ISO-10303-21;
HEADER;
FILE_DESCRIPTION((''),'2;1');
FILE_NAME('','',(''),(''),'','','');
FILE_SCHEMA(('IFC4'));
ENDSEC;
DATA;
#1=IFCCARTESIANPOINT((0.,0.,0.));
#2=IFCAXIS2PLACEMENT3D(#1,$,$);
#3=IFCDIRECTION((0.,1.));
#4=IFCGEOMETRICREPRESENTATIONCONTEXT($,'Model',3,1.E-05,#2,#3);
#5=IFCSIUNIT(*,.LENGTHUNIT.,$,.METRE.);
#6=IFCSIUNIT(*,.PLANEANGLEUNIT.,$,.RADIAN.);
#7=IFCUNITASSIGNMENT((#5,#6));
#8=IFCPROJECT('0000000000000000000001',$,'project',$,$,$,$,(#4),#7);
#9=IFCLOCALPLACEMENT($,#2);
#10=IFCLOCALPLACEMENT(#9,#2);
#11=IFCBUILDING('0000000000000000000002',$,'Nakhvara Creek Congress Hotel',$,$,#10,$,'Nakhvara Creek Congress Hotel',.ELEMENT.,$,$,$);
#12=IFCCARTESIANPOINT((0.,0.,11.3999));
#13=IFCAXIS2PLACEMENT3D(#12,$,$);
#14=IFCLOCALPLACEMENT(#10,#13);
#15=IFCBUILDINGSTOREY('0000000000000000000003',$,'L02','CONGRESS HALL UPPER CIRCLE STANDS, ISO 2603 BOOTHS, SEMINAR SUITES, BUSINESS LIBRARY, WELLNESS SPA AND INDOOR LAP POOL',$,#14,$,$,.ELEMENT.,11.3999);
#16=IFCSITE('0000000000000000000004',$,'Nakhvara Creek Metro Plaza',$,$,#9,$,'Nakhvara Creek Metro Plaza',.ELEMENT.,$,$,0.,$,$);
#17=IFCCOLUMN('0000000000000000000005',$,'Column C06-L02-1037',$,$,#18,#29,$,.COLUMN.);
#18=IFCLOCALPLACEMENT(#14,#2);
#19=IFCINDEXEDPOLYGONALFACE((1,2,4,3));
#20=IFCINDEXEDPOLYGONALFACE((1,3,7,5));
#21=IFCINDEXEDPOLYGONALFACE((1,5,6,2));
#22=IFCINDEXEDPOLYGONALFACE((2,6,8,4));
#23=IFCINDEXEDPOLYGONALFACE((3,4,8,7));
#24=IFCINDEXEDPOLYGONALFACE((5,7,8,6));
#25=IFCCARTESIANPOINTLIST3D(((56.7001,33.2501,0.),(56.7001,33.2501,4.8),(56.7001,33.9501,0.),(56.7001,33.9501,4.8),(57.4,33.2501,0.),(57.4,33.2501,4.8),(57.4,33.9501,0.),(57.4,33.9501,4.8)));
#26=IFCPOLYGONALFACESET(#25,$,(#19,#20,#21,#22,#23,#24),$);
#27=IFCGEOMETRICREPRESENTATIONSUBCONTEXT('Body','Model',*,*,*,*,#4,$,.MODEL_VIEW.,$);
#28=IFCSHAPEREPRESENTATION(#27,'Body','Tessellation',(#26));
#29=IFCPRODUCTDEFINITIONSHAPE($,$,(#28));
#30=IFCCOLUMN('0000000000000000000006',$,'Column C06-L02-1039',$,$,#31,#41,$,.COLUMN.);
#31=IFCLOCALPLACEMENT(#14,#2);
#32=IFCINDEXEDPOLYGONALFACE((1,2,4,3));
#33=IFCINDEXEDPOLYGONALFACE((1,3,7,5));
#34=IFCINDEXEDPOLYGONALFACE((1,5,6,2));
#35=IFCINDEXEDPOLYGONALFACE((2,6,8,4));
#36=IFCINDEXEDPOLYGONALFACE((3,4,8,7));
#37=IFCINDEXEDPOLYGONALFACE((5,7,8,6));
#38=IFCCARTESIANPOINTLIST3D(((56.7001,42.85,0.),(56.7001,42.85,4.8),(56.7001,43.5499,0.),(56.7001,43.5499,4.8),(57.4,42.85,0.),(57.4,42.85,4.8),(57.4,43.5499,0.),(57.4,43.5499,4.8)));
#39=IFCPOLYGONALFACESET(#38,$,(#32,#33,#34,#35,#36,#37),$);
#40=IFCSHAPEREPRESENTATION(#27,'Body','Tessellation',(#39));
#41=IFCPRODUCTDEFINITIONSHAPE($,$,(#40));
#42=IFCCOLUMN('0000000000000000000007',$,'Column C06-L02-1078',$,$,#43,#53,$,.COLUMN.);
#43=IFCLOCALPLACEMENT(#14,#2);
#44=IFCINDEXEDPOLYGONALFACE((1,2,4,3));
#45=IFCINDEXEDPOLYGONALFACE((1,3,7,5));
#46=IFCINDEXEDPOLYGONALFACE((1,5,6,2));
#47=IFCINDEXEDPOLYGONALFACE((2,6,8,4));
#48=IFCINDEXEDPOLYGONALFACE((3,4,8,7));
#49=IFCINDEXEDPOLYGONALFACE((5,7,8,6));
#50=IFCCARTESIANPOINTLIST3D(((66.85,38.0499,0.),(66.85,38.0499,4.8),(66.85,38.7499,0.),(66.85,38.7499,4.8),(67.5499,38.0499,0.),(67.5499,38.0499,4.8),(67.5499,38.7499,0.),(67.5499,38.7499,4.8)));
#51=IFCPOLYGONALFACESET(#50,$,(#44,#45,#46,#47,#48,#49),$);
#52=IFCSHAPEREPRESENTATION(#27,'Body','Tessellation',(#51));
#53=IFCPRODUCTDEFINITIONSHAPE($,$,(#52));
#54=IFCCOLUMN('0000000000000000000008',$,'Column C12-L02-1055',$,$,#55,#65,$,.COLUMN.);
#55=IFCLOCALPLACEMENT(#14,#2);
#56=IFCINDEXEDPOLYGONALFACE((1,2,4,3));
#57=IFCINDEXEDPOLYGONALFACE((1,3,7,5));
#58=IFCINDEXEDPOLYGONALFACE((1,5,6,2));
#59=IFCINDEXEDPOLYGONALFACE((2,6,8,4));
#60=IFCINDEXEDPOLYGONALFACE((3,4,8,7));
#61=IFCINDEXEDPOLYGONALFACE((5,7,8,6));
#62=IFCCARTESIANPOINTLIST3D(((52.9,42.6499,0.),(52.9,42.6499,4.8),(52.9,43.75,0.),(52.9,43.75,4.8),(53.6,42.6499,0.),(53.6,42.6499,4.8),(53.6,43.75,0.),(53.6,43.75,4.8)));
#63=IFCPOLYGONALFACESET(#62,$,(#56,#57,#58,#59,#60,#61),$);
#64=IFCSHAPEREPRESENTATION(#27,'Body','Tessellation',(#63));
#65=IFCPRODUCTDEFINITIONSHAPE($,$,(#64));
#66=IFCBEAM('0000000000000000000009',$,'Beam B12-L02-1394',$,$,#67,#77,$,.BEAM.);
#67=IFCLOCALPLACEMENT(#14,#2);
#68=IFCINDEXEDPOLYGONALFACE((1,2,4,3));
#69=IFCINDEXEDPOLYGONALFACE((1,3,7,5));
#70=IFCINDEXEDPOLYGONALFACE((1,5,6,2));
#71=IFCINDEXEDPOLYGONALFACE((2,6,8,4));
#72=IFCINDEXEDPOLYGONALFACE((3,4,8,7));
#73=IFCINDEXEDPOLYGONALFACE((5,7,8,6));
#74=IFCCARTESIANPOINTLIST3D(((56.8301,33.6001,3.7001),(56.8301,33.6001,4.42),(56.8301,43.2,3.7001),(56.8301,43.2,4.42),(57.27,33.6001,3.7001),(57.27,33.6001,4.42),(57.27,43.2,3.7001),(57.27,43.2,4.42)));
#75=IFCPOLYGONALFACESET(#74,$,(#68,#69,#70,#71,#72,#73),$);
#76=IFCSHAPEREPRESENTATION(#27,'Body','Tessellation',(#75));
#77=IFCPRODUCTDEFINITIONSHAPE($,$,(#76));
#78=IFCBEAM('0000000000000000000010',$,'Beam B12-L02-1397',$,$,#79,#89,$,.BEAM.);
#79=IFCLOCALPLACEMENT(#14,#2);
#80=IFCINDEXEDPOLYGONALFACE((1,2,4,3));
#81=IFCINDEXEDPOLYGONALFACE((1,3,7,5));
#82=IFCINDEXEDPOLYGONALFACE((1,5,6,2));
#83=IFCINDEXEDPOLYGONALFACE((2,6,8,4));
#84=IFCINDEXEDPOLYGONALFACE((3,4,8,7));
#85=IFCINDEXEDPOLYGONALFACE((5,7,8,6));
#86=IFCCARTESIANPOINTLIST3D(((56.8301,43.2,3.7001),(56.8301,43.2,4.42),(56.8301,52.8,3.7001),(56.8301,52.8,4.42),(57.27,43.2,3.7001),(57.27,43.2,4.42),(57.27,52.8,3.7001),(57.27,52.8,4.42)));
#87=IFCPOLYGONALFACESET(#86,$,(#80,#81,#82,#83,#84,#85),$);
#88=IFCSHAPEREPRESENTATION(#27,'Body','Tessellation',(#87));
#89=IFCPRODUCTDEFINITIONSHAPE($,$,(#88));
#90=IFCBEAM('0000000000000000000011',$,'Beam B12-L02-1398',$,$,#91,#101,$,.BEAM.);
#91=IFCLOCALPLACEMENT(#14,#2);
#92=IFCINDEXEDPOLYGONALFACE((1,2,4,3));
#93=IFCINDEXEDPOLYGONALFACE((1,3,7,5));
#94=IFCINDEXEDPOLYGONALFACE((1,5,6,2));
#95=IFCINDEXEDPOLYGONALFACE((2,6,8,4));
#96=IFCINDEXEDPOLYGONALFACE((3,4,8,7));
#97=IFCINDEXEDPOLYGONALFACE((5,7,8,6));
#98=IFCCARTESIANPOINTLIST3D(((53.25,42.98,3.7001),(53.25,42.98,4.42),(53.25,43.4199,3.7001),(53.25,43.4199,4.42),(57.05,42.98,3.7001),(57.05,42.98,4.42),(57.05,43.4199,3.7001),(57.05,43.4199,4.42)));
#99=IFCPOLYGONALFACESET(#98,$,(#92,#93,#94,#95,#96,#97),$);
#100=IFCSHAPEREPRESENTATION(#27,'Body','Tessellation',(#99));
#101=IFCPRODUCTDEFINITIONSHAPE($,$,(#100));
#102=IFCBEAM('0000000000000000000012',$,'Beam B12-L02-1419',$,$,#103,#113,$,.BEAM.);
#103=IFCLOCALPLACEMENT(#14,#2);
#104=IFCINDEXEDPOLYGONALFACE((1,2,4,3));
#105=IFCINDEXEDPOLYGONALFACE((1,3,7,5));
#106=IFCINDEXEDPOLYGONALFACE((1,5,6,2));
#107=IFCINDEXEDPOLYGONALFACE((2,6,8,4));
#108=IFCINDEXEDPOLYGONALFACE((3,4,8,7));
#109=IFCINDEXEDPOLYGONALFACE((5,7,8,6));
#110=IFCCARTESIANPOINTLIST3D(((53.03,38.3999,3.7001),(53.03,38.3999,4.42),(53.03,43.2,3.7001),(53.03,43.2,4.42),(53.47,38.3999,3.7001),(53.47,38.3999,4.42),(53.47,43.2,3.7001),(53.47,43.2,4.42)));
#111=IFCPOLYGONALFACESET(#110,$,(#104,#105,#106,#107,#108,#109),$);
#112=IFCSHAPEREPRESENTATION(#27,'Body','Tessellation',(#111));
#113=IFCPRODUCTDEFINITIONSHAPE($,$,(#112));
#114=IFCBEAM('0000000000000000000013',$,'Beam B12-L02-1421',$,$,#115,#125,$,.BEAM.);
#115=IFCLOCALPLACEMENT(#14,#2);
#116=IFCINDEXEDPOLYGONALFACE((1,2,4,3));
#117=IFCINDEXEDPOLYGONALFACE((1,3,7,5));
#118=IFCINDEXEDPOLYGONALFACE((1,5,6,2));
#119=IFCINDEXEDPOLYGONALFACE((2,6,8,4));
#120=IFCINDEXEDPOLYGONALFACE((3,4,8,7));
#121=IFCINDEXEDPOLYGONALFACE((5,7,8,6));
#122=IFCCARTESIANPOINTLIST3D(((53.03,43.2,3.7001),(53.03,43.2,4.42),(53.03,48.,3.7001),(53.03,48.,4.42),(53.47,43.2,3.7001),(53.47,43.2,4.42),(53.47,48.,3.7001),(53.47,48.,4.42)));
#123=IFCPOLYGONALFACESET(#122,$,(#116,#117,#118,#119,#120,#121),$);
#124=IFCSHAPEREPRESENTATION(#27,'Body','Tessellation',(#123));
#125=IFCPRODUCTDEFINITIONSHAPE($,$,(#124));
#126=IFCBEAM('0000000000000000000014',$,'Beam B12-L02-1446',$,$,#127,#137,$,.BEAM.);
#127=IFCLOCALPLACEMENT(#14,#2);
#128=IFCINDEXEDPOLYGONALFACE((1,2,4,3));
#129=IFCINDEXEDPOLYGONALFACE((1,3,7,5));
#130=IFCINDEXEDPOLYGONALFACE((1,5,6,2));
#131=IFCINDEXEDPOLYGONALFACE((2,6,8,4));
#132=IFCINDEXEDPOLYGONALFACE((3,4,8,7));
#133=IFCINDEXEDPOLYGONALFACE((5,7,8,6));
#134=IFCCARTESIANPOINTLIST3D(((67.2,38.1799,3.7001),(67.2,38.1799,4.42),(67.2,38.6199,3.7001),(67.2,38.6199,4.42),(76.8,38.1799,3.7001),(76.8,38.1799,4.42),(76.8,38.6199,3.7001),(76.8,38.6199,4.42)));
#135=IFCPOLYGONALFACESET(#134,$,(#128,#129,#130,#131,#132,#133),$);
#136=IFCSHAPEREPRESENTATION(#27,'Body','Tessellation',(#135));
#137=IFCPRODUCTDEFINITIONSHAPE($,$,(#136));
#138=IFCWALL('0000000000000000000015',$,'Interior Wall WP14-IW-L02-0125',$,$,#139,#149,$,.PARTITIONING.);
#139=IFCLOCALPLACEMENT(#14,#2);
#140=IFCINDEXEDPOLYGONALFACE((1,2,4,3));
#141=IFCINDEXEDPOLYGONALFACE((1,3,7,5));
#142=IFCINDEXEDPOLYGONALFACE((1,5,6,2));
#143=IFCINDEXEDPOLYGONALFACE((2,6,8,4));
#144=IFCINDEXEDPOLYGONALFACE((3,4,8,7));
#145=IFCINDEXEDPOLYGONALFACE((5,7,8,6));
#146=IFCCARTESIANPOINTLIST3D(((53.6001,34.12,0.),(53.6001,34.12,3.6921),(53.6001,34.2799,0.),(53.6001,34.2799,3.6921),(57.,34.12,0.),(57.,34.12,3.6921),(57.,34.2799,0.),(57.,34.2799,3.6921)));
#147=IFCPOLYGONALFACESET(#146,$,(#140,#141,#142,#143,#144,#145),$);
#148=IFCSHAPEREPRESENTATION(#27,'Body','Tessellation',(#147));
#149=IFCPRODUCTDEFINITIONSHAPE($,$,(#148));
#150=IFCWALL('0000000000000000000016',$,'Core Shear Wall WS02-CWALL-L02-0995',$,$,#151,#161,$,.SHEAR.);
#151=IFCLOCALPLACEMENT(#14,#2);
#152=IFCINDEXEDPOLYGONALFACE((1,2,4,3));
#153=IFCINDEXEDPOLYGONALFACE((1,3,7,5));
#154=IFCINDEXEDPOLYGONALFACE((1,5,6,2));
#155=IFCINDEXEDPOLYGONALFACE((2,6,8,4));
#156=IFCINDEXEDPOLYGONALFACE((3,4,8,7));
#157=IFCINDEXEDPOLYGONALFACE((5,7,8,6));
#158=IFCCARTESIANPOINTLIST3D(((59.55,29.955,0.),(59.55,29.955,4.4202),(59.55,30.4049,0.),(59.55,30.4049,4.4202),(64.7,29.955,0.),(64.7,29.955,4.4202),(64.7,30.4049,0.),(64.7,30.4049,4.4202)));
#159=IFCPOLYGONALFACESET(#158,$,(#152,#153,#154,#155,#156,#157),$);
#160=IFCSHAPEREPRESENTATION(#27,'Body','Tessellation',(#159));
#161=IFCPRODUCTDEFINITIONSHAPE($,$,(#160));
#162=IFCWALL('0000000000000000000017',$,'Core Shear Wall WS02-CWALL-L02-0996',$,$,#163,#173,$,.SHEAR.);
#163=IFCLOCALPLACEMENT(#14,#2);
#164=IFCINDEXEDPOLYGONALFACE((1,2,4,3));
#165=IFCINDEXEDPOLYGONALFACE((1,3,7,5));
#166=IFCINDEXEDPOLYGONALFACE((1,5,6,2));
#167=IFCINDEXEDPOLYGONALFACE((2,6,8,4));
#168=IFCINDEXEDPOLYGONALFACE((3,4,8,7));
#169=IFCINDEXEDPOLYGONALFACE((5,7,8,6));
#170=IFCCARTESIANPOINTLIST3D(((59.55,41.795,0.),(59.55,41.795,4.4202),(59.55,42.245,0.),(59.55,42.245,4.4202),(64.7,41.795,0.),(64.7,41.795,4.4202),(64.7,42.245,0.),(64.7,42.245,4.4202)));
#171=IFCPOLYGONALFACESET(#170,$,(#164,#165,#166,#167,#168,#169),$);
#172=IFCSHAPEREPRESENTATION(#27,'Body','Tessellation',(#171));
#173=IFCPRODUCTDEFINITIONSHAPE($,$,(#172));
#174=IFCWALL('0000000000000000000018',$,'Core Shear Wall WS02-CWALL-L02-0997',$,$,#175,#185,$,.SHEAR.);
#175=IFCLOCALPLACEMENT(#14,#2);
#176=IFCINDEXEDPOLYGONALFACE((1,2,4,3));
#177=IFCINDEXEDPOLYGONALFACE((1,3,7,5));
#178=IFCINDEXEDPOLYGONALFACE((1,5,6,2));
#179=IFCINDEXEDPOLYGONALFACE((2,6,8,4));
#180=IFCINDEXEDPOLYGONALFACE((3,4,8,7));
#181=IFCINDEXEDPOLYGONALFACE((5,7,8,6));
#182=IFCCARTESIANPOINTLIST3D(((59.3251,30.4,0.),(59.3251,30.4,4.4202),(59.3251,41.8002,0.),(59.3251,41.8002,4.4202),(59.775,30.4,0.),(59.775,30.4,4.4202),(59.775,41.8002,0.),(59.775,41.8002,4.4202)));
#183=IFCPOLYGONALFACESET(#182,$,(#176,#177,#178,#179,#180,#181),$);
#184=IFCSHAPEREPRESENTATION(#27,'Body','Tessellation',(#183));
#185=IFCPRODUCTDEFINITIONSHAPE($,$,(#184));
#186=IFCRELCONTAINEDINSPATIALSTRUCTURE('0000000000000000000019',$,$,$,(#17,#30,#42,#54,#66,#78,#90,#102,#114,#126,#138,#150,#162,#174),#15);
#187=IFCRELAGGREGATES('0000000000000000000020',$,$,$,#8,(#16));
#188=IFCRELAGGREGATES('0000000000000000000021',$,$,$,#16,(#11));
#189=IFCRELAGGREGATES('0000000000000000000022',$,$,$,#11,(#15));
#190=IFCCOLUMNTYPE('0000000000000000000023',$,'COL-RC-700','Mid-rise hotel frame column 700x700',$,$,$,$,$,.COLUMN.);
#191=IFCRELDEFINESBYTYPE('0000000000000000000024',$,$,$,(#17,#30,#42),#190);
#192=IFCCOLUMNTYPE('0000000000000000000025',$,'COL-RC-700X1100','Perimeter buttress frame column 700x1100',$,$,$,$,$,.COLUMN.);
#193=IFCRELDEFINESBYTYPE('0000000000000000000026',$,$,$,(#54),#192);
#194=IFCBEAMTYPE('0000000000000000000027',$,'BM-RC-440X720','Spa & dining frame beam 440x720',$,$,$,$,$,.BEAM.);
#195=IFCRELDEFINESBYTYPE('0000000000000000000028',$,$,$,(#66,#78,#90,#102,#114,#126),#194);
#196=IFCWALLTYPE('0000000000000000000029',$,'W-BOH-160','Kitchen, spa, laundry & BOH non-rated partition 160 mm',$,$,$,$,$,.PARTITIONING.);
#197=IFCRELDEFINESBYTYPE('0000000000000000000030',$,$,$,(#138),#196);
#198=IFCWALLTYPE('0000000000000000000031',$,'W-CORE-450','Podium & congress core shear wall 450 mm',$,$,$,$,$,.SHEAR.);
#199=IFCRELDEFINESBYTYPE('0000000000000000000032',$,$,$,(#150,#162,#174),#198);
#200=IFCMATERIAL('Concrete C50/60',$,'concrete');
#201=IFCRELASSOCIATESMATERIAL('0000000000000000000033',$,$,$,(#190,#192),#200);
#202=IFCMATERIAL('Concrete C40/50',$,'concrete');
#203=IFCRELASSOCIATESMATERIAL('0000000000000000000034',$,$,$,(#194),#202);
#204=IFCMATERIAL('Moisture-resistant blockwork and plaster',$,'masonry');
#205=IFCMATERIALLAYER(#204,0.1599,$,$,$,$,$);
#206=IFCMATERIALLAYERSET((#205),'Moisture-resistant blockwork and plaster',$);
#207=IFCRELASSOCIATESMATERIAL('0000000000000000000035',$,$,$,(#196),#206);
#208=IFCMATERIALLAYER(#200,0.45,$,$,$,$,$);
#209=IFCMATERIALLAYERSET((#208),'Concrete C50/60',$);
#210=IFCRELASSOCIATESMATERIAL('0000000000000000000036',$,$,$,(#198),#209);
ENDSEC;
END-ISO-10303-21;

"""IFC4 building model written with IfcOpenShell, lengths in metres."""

from ifc_helpers import new_model, si_unit, direction, frame, frame_2d, origin, origin_2d, place, context, subcontext, project, spatial, rectangle, extrude, material, layer, layer_set, material_profile, profile_set, type_object, element, save


model = new_model("IFC4")

# Units and contexts
model_context = context("Model", 3, precision=1e-05, world=origin(), true_north=direction((0.0, 1.0)))
body_context = subcontext(model_context, "Body", "Model", "MODEL_VIEW")
ifc_project = project(units=[si_unit("LENGTHUNIT", "METRE"), si_unit("PLANEANGLEUNIT", "RADIAN")], contexts=[model_context])

# Site, building, storey
site_placement = place(None, origin())
site = spatial("IfcSite", under=ifc_project, at=site_placement, Name="Nakhvara Creek Metro Plaza", LongName="Nakhvara Creek Metro Plaza", CompositionType="ELEMENT", RefElevation=0.0)
building_placement = place(site_placement, origin())
building = spatial("IfcBuilding", under=site, at=building_placement, Name="Nakhvara Creek Congress Hotel", LongName="Nakhvara Creek Congress Hotel", CompositionType="ELEMENT")
storey_placement = place(building_placement, frame((0.0, 0.0, 11.3999)))
storey = spatial("IfcBuildingStorey", under=building, at=storey_placement, Name="L02", Description="CONGRESS HALL UPPER CIRCLE STANDS, ISO 2603 BOOTHS, SEMINAR SUITES, BUSINESS LIBRARY, WELLNESS SPA AND INDOOR LAP POOL", CompositionType="ELEMENT", Elevation=11.3999)

# Columns
ifc_material_1 = material(Name="Concrete C50/60", Category="concrete")
ifc_material_profile_1 = material_profile(ifc_material_1, rectangle(XDim=0.7, YDim=0.7, at=origin_2d()), Name="RC-COL 700x700", Category="LoadBearing")
ifc_profile_set_1 = profile_set([ifc_material_profile_1], Name="Concrete C50/60")
column_type_1 = type_object("IfcColumnType", Name="COL-RC-700", Description="Mid-rise hotel frame column 700x700", PredefinedType="COLUMN", material=ifc_profile_set_1)
for number, where, z_axis, x_axis, name in (
    (1, (57.05, 33.6001, 0.0), (0.0, 0.0, 1.0), (1.0, 0.0, 0.0), "Column C06-L02-1037"),
    (2, (57.05, 43.2, 0.0), (0.0, 0.0, 1.0), (1.0, 0.0, 0.0), "Column C06-L02-1039"),
    (3, (67.2, 38.3999, 0.0), (0.0, 0.0, 1.0), (1.0, 0.0, 0.0), "Column C06-L02-1078"),
):
    element("IfcColumn", number, at=place(storey_placement, frame(where, z_axis=z_axis, x_axis=x_axis)), inside=storey, type_object=column_type_1, Name=name, PredefinedType="COLUMN", context=body_context, shape_type="SweptSolid", body=[
        extrude(rectangle(XDim=0.7, YDim=0.7, at=origin_2d()), origin(), (0.0, 0.0, 1.0), 4.8),
    ])
ifc_material_profile_2 = material_profile(ifc_material_1, rectangle(XDim=0.7, YDim=1.1001, at=origin_2d()), Name="RC-COL 700x1100", Category="LoadBearing")
ifc_profile_set_2 = profile_set([ifc_material_profile_2], Name="Concrete C50/60")
column_type_2 = type_object("IfcColumnType", Name="COL-RC-700X1100", Description="Perimeter buttress frame column 700x1100", PredefinedType="COLUMN", material=ifc_profile_set_2)
column_placement = place(storey_placement, frame((53.25, 43.2, 0.0), z_axis=(0.0, 0.0, 1.0), x_axis=(1.0, 0.0, 0.0)))
element("IfcColumn", 4, at=column_placement, inside=storey, type_object=column_type_2, Name="Column C12-L02-1055", PredefinedType="COLUMN", context=body_context, shape_type="SweptSolid", body=[
    extrude(rectangle(XDim=0.7, YDim=1.1001, at=origin_2d()), origin(), (0.0, 0.0, 1.0), 4.8),
])

# Beams
ifc_material_2 = material(Name="Concrete C40/50", Category="concrete")
ifc_material_profile_3 = material_profile(ifc_material_2, rectangle(XDim=0.4399, YDim=0.72, at=origin_2d()), Name="RC-BM 440x720", Category="LoadBearing")
ifc_profile_set_3 = profile_set([ifc_material_profile_3], Name="Concrete C40/50")
beam_type = type_object("IfcBeamType", Name="BM-RC-440X720", Description="Spa & dining frame beam 440x720", PredefinedType="BEAM", material=ifc_profile_set_3)
beam_1_placement = place(storey_placement, frame((57.05, 33.6001, 4.0601), z_axis=(0.0, 1.0, 0.0), x_axis=(-1.0, 0.0, 0.0)))
element("IfcBeam", 5, at=beam_1_placement, inside=storey, type_object=beam_type, Name="Beam B12-L02-1394", PredefinedType="BEAM", context=body_context, shape_type="SweptSolid", body=[
    extrude(rectangle(XDim=0.4399, YDim=0.72, at=origin_2d()), origin(), (0.0, 0.0, 1.0), 9.5999),
])
beam_2_placement = place(storey_placement, frame((57.05, 43.2, 4.0601), z_axis=(0.0, 1.0, 0.0), x_axis=(-1.0, 0.0, 0.0)))
element("IfcBeam", 6, at=beam_2_placement, inside=storey, type_object=beam_type, Name="Beam B12-L02-1397", PredefinedType="BEAM", context=body_context, shape_type="SweptSolid", body=[
    extrude(rectangle(XDim=0.4399, YDim=0.72, at=origin_2d()), origin(), (0.0, 0.0, 1.0), 9.6001),
])
beam_3_placement = place(storey_placement, frame((53.25, 43.2, 4.0601), z_axis=(1.0, 0.0, 0.0), x_axis=(0.0, 1.0, 0.0)))
element("IfcBeam", 7, at=beam_3_placement, inside=storey, type_object=beam_type, Name="Beam B12-L02-1398", PredefinedType="BEAM", context=body_context, shape_type="SweptSolid", body=[
    extrude(rectangle(XDim=0.4399, YDim=0.72, at=origin_2d()), origin(), (0.0, 0.0, 1.0), 3.8),
])
for number, where, z_axis, x_axis, name in (
    (8, (53.25, 38.3999, 4.0601), (0.0, 1.0, 0.0), (-1.0, 0.0, 0.0), "Beam B12-L02-1419"),
    (9, (53.25, 43.2, 4.0601), (0.0, 1.0, 0.0), (-1.0, 0.0, 0.0), "Beam B12-L02-1421"),
):
    element("IfcBeam", number, at=place(storey_placement, frame(where, z_axis=z_axis, x_axis=x_axis)), inside=storey, type_object=beam_type, Name=name, PredefinedType="BEAM", context=body_context, shape_type="SweptSolid", body=[
        extrude(rectangle(XDim=0.4399, YDim=0.72, at=origin_2d()), origin(), (0.0, 0.0, 1.0), 4.8),
    ])
beam_4_placement = place(storey_placement, frame((67.2, 38.3999, 4.0601), z_axis=(1.0, 0.0, 0.0), x_axis=(0.0, 1.0, 0.0)))
element("IfcBeam", 10, at=beam_4_placement, inside=storey, type_object=beam_type, Name="Beam B12-L02-1446", PredefinedType="BEAM", context=body_context, shape_type="SweptSolid", body=[
    extrude(rectangle(XDim=0.4399, YDim=0.72, at=origin_2d()), origin(), (0.0, 0.0, 1.0), 9.6001),
])

# Walls
ifc_material_3 = material(Name="Moisture-resistant blockwork and plaster", Category="masonry")
ifc_layer_1 = layer(ifc_material_3, 0.1599)
ifc_layer_set_1 = layer_set([ifc_layer_1], Name="Moisture-resistant blockwork and plaster")
wall_type_1 = type_object("IfcWallType", Name="W-BOH-160", Description="Kitchen, spa, laundry & BOH non-rated partition 160 mm", PredefinedType="PARTITIONING", material=ifc_layer_set_1)
wall_1_placement = place(storey_placement, frame((53.6001, 34.2, 0.0), z_axis=(0.0, 0.0, 1.0), x_axis=(1.0, 0.0, 0.0)))
element("IfcWall", 11, at=wall_1_placement, inside=storey, type_object=wall_type_1, Name="Interior Wall WP14-IW-L02-0125", PredefinedType="PARTITIONING", context=body_context, shape_type="SweptSolid", body=[
    extrude(rectangle(XDim=3.3999, YDim=0.1599, at=frame_2d((1.7, 0.0))), origin(), (0.0, 0.0, 1.0), 3.6921),
])
ifc_layer_2 = layer(ifc_material_1, 0.45)
ifc_layer_set_2 = layer_set([ifc_layer_2], Name="Concrete C50/60")
wall_type_2 = type_object("IfcWallType", Name="W-CORE-450", Description="Podium & congress core shear wall 450 mm", PredefinedType="SHEAR", material=ifc_layer_set_2)
for number, where, z_axis, x_axis, name in (
    (12, (59.55, 30.1799, 0.0), (0.0, 0.0, 1.0), (1.0, 0.0, 0.0), "Core Shear Wall WS02-CWALL-L02-0995"),
    (13, (59.55, 42.02, 0.0), (0.0, 0.0, 1.0), (1.0, 0.0, 0.0), "Core Shear Wall WS02-CWALL-L02-0996"),
):
    element("IfcWall", number, at=place(storey_placement, frame(where, z_axis=z_axis, x_axis=x_axis)), inside=storey, type_object=wall_type_2, Name=name, PredefinedType="SHEAR", context=body_context, shape_type="SweptSolid", body=[
        extrude(rectangle(XDim=5.1499, YDim=0.45, at=frame_2d((2.575, 0.0))), origin(), (0.0, 0.0, 1.0), 4.4202),
    ])
wall_2_placement = place(storey_placement, frame((59.55, 30.3999, 0.0), z_axis=(0.0, 0.0, 1.0), x_axis=(0.0, 1.0, 0.0)))
element("IfcWall", 14, at=wall_2_placement, inside=storey, type_object=wall_type_2, Name="Core Shear Wall WS02-CWALL-L02-0997", PredefinedType="SHEAR", context=body_context, shape_type="SweptSolid", body=[
    extrude(rectangle(XDim=11.4001, YDim=0.45, at=frame_2d((5.7002, 0.0))), origin(), (0.0, 0.0, 1.0), 4.4202),
])

save(model, "model.ifc")
